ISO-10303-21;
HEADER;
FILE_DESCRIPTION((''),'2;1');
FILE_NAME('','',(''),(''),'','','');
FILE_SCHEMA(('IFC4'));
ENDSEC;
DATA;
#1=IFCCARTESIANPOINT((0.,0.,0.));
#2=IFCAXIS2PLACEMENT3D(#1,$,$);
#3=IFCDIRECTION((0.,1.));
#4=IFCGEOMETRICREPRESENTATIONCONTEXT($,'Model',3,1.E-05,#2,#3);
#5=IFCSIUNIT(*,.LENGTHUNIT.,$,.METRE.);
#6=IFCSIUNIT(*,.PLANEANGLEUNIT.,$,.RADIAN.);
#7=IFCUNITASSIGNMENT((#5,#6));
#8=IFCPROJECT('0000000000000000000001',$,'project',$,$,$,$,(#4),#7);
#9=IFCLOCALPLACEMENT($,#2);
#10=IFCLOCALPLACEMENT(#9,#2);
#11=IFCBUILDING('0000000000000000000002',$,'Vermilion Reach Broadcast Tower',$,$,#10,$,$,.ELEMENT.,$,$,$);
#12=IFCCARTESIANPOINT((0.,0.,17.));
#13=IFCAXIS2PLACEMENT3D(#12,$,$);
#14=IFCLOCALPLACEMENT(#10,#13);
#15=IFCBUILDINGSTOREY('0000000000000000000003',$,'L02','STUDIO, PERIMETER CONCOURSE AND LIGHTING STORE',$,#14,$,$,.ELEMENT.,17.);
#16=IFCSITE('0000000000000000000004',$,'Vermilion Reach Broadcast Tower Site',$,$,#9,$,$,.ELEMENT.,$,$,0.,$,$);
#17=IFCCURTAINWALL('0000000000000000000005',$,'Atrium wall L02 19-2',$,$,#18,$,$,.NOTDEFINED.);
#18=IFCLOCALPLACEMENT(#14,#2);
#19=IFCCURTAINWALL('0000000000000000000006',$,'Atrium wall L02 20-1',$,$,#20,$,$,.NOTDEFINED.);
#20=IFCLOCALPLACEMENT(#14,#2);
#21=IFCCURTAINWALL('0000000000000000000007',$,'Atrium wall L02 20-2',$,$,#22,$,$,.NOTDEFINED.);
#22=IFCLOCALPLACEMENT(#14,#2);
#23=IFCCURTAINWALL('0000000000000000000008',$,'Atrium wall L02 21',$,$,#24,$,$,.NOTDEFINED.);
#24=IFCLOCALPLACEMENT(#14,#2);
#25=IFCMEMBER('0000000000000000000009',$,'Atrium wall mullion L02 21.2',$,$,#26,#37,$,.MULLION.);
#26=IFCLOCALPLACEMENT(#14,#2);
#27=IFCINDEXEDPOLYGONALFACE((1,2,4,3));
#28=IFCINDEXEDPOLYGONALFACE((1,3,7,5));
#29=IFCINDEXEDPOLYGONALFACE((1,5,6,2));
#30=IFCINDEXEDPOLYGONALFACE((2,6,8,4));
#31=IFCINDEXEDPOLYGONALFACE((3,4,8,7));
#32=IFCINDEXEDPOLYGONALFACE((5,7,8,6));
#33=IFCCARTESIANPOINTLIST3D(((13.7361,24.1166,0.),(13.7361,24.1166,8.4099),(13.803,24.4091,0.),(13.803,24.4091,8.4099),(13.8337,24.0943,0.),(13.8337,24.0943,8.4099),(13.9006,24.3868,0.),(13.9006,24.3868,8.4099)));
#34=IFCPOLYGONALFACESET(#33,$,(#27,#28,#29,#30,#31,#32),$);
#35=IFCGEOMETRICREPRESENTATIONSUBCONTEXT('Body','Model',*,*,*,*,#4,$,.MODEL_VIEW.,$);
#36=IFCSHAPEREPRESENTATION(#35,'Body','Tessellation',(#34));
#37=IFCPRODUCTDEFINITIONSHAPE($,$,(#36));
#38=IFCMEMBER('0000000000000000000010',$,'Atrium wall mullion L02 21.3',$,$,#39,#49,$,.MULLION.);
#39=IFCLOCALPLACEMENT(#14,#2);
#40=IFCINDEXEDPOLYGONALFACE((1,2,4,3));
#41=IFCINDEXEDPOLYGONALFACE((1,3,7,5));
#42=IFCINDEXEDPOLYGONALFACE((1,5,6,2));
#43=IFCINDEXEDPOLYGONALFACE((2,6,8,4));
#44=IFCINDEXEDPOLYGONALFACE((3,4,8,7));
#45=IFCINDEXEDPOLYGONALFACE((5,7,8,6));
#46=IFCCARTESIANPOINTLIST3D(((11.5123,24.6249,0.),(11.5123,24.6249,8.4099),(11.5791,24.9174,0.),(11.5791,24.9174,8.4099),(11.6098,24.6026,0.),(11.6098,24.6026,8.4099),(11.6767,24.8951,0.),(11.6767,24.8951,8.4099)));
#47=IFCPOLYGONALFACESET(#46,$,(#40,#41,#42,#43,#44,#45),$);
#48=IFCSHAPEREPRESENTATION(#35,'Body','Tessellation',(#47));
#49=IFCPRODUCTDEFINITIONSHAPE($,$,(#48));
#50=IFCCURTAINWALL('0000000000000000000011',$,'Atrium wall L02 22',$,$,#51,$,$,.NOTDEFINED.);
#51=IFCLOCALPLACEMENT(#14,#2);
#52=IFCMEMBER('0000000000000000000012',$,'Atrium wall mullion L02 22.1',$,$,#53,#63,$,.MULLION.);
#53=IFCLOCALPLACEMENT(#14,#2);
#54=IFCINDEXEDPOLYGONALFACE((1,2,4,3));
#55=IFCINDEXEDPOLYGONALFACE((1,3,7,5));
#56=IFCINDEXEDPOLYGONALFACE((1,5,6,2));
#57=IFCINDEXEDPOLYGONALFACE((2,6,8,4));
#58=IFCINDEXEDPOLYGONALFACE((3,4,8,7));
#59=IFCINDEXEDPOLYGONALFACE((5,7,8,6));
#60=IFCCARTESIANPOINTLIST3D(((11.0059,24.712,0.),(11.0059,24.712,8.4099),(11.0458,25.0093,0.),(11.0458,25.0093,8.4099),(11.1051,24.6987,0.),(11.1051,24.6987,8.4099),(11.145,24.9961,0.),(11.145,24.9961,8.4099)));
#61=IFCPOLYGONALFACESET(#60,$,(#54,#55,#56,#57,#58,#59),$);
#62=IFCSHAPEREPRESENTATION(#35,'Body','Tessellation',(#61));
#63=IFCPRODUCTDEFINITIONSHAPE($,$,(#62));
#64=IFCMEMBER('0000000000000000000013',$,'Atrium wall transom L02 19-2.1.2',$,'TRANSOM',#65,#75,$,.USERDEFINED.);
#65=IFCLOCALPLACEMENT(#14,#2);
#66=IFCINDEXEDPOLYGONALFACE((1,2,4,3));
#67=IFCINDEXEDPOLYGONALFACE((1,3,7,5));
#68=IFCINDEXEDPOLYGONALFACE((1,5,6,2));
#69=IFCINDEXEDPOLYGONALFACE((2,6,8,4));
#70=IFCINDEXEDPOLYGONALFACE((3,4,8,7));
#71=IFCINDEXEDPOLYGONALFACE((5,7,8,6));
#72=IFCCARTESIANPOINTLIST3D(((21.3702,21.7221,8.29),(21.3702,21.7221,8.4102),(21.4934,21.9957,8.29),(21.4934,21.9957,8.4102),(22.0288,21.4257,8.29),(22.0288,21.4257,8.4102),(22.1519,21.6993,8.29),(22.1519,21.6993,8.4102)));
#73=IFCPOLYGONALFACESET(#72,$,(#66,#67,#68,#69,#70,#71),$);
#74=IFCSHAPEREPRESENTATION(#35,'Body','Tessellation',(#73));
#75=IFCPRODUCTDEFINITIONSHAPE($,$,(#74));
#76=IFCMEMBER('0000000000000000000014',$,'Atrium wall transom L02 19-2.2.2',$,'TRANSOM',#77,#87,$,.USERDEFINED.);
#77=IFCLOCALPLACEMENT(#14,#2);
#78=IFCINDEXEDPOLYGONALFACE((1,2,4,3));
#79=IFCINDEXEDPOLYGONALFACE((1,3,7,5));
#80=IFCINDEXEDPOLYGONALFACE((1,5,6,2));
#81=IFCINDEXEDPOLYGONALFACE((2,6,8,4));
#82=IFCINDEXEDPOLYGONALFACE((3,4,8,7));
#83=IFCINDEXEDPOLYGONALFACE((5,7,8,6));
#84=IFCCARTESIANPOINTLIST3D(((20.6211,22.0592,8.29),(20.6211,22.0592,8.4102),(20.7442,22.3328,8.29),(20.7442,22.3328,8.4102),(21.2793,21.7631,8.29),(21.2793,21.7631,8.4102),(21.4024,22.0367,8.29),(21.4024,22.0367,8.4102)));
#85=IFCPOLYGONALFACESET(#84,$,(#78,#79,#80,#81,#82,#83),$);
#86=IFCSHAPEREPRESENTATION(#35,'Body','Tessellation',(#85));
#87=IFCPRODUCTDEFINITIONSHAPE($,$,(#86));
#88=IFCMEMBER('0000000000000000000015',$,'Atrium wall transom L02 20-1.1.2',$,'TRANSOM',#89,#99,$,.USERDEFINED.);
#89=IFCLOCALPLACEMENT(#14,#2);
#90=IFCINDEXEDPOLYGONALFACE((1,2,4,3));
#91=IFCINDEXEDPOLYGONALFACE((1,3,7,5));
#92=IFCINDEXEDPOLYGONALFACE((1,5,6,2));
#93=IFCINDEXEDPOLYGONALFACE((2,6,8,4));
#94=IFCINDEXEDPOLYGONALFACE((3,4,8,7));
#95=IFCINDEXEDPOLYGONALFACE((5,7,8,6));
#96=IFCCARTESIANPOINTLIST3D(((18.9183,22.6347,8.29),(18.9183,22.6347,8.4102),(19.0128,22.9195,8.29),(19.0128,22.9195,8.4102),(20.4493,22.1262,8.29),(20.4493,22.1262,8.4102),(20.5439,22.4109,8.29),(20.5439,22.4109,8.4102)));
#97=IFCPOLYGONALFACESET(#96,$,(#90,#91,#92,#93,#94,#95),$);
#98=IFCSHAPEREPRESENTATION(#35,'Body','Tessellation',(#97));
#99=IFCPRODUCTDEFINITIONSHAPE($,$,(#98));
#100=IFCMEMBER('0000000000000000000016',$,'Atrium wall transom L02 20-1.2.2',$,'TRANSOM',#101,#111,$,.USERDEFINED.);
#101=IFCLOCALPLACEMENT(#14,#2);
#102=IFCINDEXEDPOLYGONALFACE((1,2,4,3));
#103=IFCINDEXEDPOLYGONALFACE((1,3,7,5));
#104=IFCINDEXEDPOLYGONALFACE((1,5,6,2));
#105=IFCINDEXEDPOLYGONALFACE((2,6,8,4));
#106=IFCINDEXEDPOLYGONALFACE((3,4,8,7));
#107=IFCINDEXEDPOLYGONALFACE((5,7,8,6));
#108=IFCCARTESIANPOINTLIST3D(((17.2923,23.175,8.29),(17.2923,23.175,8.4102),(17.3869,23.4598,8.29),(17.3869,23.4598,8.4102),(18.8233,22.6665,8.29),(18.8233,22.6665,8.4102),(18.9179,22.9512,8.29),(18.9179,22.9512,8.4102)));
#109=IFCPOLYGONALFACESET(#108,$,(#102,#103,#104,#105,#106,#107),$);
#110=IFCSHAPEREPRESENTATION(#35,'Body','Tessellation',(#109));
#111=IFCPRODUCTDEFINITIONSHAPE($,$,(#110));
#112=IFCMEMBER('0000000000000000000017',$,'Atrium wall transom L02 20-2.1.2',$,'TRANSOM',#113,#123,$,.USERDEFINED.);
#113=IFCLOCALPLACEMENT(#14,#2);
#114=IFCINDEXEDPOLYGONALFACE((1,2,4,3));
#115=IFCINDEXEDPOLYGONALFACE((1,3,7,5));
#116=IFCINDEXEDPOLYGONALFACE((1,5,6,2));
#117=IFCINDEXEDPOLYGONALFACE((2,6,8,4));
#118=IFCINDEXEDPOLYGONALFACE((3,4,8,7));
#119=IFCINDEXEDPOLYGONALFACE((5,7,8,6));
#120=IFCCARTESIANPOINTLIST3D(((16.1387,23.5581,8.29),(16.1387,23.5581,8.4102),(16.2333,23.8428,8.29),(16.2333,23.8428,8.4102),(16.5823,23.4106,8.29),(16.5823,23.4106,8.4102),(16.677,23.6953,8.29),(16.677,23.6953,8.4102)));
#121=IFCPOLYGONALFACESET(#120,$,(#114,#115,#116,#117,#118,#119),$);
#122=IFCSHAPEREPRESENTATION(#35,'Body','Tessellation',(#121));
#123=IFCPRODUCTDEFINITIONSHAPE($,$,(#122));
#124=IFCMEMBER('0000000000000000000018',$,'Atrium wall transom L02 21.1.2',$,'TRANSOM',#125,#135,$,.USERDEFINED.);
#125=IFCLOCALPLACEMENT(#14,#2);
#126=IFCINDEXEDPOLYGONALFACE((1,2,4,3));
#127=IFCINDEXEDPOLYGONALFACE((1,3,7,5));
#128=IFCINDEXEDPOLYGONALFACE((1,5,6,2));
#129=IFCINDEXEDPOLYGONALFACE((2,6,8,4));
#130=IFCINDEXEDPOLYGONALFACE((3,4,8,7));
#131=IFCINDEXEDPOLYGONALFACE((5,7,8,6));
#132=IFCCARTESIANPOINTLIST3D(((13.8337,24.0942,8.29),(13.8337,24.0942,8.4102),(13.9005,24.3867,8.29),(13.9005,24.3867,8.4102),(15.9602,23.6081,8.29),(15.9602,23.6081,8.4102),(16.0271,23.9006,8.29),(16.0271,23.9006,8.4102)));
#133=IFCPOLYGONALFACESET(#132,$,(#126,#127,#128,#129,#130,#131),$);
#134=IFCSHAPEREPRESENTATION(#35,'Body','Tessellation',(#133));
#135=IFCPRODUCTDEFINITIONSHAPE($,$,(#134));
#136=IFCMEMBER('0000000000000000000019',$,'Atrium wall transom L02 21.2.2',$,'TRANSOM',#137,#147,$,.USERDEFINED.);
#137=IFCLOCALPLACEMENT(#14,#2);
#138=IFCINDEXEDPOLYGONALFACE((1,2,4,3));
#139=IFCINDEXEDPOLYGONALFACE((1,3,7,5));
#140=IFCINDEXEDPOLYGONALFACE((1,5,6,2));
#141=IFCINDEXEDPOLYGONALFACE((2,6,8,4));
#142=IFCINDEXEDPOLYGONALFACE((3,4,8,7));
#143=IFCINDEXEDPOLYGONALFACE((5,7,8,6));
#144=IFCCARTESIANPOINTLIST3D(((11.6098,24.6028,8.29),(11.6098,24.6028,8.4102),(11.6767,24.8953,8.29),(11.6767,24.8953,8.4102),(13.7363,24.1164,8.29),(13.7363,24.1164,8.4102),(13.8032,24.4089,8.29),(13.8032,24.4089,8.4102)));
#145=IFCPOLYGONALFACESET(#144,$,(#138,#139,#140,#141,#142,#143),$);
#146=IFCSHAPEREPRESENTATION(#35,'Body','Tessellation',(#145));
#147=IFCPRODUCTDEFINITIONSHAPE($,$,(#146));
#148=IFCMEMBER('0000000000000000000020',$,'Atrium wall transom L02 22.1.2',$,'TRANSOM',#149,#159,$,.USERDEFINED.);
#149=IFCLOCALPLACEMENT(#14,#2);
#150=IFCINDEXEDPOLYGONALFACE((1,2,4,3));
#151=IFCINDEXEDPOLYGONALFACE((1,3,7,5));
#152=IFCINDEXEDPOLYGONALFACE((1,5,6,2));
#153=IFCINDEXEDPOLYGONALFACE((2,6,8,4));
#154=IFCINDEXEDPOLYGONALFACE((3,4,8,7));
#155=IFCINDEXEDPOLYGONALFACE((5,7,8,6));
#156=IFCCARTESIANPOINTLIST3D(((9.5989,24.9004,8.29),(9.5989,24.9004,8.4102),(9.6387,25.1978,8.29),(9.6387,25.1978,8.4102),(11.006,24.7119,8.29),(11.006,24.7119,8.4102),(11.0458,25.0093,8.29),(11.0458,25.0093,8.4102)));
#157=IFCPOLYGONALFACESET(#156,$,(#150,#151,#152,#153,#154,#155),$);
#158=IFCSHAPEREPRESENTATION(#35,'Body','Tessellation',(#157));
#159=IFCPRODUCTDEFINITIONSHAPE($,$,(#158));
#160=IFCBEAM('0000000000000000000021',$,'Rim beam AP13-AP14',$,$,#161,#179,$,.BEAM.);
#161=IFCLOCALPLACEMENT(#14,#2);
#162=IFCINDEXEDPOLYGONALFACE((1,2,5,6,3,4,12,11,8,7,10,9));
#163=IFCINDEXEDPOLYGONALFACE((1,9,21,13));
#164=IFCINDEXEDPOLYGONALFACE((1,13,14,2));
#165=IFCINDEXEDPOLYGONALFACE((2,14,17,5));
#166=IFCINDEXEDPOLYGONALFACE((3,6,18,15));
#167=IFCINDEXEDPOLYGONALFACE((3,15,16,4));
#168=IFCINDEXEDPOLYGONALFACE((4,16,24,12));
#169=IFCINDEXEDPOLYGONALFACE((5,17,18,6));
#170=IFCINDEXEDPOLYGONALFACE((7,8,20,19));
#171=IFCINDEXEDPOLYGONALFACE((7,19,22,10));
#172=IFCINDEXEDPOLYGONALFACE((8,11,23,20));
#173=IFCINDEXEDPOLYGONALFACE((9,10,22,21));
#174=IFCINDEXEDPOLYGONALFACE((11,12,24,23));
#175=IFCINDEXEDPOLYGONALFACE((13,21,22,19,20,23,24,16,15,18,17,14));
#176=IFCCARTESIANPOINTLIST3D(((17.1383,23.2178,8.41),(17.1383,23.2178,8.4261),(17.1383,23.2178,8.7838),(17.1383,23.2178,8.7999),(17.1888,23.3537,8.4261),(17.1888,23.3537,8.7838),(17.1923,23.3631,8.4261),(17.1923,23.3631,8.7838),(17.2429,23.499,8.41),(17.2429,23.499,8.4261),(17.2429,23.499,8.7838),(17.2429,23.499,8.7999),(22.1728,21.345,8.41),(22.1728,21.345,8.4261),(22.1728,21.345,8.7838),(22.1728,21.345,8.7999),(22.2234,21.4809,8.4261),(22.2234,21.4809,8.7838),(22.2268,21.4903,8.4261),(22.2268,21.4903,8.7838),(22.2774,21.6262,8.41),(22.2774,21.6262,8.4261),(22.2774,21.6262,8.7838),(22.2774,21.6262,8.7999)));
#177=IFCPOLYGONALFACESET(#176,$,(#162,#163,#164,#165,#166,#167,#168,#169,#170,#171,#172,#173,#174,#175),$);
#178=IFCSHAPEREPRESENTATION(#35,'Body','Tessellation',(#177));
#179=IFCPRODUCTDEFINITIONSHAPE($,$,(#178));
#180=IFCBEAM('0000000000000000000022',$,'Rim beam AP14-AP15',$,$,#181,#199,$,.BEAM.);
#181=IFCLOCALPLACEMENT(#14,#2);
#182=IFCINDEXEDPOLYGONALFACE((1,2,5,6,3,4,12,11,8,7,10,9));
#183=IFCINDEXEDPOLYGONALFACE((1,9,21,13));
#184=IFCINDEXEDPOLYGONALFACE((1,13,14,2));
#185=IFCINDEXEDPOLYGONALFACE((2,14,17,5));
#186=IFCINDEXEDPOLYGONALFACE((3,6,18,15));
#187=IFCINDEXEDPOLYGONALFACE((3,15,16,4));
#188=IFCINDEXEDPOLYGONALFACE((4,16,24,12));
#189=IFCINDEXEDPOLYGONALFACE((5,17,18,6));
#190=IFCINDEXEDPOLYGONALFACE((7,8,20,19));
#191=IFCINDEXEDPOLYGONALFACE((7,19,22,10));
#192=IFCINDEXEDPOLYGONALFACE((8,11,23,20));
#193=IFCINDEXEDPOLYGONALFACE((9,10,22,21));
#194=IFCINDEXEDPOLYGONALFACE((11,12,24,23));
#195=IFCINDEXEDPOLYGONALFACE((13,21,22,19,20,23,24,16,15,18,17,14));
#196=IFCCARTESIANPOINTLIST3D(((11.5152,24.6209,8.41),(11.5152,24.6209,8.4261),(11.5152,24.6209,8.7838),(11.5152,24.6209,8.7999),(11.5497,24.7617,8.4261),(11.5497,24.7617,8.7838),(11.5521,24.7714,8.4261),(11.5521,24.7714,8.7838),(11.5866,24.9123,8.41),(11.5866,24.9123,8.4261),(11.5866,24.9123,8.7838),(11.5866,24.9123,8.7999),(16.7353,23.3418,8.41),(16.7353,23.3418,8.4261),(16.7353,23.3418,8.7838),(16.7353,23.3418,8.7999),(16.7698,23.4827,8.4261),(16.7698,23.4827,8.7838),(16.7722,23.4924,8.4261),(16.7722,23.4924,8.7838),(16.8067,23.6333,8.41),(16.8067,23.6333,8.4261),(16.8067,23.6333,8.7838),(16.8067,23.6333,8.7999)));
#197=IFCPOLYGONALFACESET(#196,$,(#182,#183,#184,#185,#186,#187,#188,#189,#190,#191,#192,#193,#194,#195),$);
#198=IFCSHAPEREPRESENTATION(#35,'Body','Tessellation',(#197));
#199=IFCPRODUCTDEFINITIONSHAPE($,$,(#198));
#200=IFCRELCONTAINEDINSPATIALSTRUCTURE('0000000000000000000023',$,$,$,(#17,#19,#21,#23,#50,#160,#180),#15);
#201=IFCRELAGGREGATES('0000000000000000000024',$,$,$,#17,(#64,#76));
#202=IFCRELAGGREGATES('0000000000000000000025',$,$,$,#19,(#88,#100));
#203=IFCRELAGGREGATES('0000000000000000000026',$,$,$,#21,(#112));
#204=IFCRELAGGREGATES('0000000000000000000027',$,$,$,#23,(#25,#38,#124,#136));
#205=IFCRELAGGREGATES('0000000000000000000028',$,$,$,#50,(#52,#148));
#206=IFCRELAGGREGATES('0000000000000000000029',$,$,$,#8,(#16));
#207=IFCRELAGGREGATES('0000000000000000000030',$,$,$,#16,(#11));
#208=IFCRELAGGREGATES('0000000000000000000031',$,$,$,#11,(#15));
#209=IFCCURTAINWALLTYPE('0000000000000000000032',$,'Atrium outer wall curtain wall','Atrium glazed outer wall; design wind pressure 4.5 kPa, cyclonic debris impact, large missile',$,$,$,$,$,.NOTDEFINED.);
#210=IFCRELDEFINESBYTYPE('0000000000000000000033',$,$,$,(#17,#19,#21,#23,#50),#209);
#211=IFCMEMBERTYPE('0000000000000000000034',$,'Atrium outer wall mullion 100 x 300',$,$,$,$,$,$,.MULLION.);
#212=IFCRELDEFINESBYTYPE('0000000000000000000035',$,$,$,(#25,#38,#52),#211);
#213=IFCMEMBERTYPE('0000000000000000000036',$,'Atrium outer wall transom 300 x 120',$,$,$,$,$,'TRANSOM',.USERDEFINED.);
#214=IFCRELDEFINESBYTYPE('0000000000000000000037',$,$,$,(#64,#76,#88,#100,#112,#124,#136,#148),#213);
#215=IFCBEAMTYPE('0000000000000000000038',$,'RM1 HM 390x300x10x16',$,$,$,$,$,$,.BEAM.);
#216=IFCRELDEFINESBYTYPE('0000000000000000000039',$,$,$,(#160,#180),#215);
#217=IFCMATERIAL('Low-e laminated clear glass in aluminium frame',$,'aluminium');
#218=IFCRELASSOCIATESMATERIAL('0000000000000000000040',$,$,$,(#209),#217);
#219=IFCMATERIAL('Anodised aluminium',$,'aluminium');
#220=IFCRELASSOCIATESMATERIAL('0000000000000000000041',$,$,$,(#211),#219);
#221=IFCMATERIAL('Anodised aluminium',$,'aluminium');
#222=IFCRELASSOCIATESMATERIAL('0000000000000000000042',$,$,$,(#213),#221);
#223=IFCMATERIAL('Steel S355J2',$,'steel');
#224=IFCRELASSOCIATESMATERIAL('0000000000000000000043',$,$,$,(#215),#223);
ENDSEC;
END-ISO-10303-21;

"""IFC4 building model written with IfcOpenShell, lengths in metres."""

from ifc_helpers import new_model, si_unit, direction, frame, origin, origin_2d, place, context, subcontext, project, spatial, rectangle, i_section, extrude, material, material_profile, profile_set, type_object, element, aggregate, save


model = new_model("IFC4")

# Units and contexts
model_context = context("Model", 3, precision=1e-05, world=origin(), true_north=direction((0.0, 1.0)))
body_context = subcontext(model_context, "Body", "Model", "MODEL_VIEW")
ifc_project = project(units=[si_unit("LENGTHUNIT", "METRE"), si_unit("PLANEANGLEUNIT", "RADIAN")], contexts=[model_context])

# Site, building, storey
site_placement = place(None, origin())
site = spatial("IfcSite", under=ifc_project, at=site_placement, Name="Vermilion Reach Broadcast Tower Site", CompositionType="ELEMENT", RefElevation=0.0)
building_placement = place(site_placement, origin())
building = spatial("IfcBuilding", under=site, at=building_placement, Name="Vermilion Reach Broadcast Tower", CompositionType="ELEMENT")
storey_placement = place(building_placement, frame((0.0, 0.0, 17.0)))
storey = spatial("IfcBuildingStorey", under=building, at=storey_placement, Name="L02", Description="STUDIO, PERIMETER CONCOURSE AND LIGHTING STORE", CompositionType="ELEMENT", Elevation=17.0)

# Shared definitions
ifc_material_1 = material(Name="Low-e laminated clear glass in aluminium frame", Category="aluminium")
curtain_wall_type = type_object("IfcCurtainWallType", Name="Atrium outer wall curtain wall", Description="Atrium glazed outer wall; design wind pressure 4.5 kPa, cyclonic debris impact, large missile", PredefinedType="NOTDEFINED", material=ifc_material_1)
placement = place(storey_placement, origin())
ifc_material_2 = material(Name="Anodised aluminium", Category="aluminium")
ifc_material_profile_1 = material_profile(ifc_material_2, rectangle(XDim=0.3, YDim=0.1001, at=origin_2d()), Name="Atrium outer wall mullion 100 x 300")
ifc_profile_set_1 = profile_set([ifc_material_profile_1], Name="Anodised aluminium")
member_type_1 = type_object("IfcMemberType", Name="Atrium outer wall mullion 100 x 300", PredefinedType="MULLION", material=ifc_profile_set_1)

# Curtain walls, members
curtain_wall_1 = element("IfcCurtainWall", 1, at=placement, inside=storey, type_object=curtain_wall_type, Name="Atrium wall L02 19-2", PredefinedType="NOTDEFINED")
curtain_wall_2 = element("IfcCurtainWall", 2, at=placement, inside=storey, type_object=curtain_wall_type, Name="Atrium wall L02 20-1", PredefinedType="NOTDEFINED")
curtain_wall_3 = element("IfcCurtainWall", 3, at=placement, inside=storey, type_object=curtain_wall_type, Name="Atrium wall L02 20-2", PredefinedType="NOTDEFINED")
curtain_wall_4 = element("IfcCurtainWall", 4, at=placement, inside=storey, type_object=curtain_wall_type, Name="Atrium wall L02 21", PredefinedType="NOTDEFINED")
member_1_placement = place(storey_placement, frame((13.8184, 24.2517, 0.0), z_axis=(0.0, 0.0, 1.0), x_axis=(-0.222892, -0.974843, 0.0)))
member_1 = element("IfcMember", 5, at=member_1_placement, type_object=member_type_1, Name="Atrium wall mullion L02 21.2", PredefinedType="MULLION", context=body_context, shape_type="SweptSolid", body=[
    extrude(rectangle(XDim=0.3, YDim=0.1001, at=origin_2d()), origin(), (0.0, 0.0, 1.0), 8.4099),
])
member_2_placement = place(storey_placement, frame((11.5945, 24.76, 0.0), z_axis=(0.0, 0.0, 1.0), x_axis=(-0.222892, -0.974843, 0.0)))
member_2 = element("IfcMember", 6, at=member_2_placement, type_object=member_type_1, Name="Atrium wall mullion L02 21.3", PredefinedType="MULLION", context=body_context, shape_type="SweptSolid", body=[
    extrude(rectangle(XDim=0.3, YDim=0.1001, at=origin_2d()), origin(), (0.0, 0.0, 1.0), 8.4099),
])

# Curtain wall, member
curtain_wall_5 = element("IfcCurtainWall", 7, at=placement, inside=storey, type_object=curtain_wall_type, Name="Atrium wall L02 22", PredefinedType="NOTDEFINED")
member_3_placement = place(storey_placement, frame((11.0754, 24.854, 0.0), z_axis=(0.0, 0.0, 1.0), x_axis=(-0.132794, -0.991144, 0.0)))
member_3 = element("IfcMember", 8, at=member_3_placement, type_object=member_type_1, Name="Atrium wall mullion L02 22.1", PredefinedType="MULLION", context=body_context, shape_type="SweptSolid", body=[
    extrude(rectangle(XDim=0.3, YDim=0.1001, at=origin_2d()), origin(), (0.0, 0.0, 1.0), 8.4099),
])

# Members
ifc_material_3 = material(Name="Anodised aluminium", Category="aluminium")
ifc_material_profile_2 = material_profile(ifc_material_3, rectangle(XDim=0.3, YDim=0.1201, at=origin_2d()), Name="Atrium outer wall transom 300 x 120")
ifc_profile_set_2 = profile_set([ifc_material_profile_2], Name="Anodised aluminium")
member_type_2 = type_object("IfcMemberType", Name="Atrium outer wall transom 300 x 120", ElementType="TRANSOM", PredefinedType="USERDEFINED", material=ifc_profile_set_2)
member_4_placement = place(storey_placement, frame((22.0903, 21.5625, 8.3501), z_axis=(-0.911877, 0.410463, 0.0), x_axis=(-0.410463, -0.911877, 0.0)))
member_4 = element("IfcMember", 9, at=member_4_placement, type_object=member_type_2, Name="Atrium wall transom L02 19-2.1.2", ObjectType="TRANSOM", PredefinedType="USERDEFINED", context=body_context, shape_type="SweptSolid", body=[
    extrude(rectangle(XDim=0.3, YDim=0.1201, at=origin_2d()), origin(), (0.0, 0.0, 1.0), 0.7222),
])
member_5_placement = place(storey_placement, frame((21.3408, 21.8999, 8.3501), z_axis=(-0.911947, 0.410308, 0.0), x_axis=(-0.410308, -0.911947, 0.0)))
member_5 = element("IfcMember", 10, at=member_5_placement, type_object=member_type_2, Name="Atrium wall transom L02 19-2.2.2", ObjectType="TRANSOM", PredefinedType="USERDEFINED", context=body_context, shape_type="SweptSolid", body=[
    extrude(rectangle(XDim=0.3, YDim=0.1201, at=origin_2d()), origin(), (0.0, 0.0, 1.0), 0.7217),
])
member_6_placement = place(storey_placement, frame((20.4966, 22.2686, 8.3501), z_axis=(-0.949016, 0.315229, 0.0), x_axis=(-0.315229, -0.949016, 0.0)))
member_6 = element("IfcMember", 11, at=member_6_placement, type_object=member_type_2, Name="Atrium wall transom L02 20-1.1.2", ObjectType="TRANSOM", PredefinedType="USERDEFINED", context=body_context, shape_type="SweptSolid", body=[
    extrude(rectangle(XDim=0.3, YDim=0.1201, at=origin_2d()), origin(), (0.0, 0.0, 1.0), 1.6133),
])
member_7_placement = place(storey_placement, frame((18.8706, 22.8088, 8.3501), z_axis=(-0.949016, 0.315229, 0.0), x_axis=(-0.315229, -0.949016, 0.0)))
member_7 = element("IfcMember", 12, at=member_7_placement, type_object=member_type_2, Name="Atrium wall transom L02 20-1.2.2", ObjectType="TRANSOM", PredefinedType="USERDEFINED", context=body_context, shape_type="SweptSolid", body=[
    extrude(rectangle(XDim=0.3, YDim=0.1201, at=origin_2d()), origin(), (0.0, 0.0, 1.0), 1.6133),
])
member_8_placement = place(storey_placement, frame((16.6296, 23.553, 8.3501), z_axis=(-0.948944, 0.315444, 0.0), x_axis=(-0.315444, -0.948944, 0.0)))
member_8 = element("IfcMember", 13, at=member_8_placement, type_object=member_type_2, Name="Atrium wall transom L02 20-2.1.2", ObjectType="TRANSOM", PredefinedType="USERDEFINED", context=body_context, shape_type="SweptSolid", body=[
    extrude(rectangle(XDim=0.3, YDim=0.1201, at=origin_2d()), origin(), (0.0, 0.0, 1.0), 0.4675),
])
member_9_placement = place(storey_placement, frame((15.9937, 23.7544, 8.3501), z_axis=(-0.974855, 0.22284, 0.0), x_axis=(-0.22284, -0.974855, 0.0)))
member_9 = element("IfcMember", 14, at=member_9_placement, type_object=member_type_2, Name="Atrium wall transom L02 21.1.2", ObjectType="TRANSOM", PredefinedType="USERDEFINED", context=body_context, shape_type="SweptSolid", body=[
    extrude(rectangle(XDim=0.3, YDim=0.1201, at=origin_2d()), origin(), (0.0, 0.0, 1.0), 2.1814),
])
member_10_placement = place(storey_placement, frame((13.7698, 24.2627, 8.3501), z_axis=(-0.974831, 0.222946, 0.0), x_axis=(-0.222946, -0.974831, 0.0)))
member_10 = element("IfcMember", 15, at=member_10_placement, type_object=member_type_2, Name="Atrium wall transom L02 21.2.2", ObjectType="TRANSOM", PredefinedType="USERDEFINED", context=body_context, shape_type="SweptSolid", body=[
    extrude(rectangle(XDim=0.3, YDim=0.1201, at=origin_2d()), origin(), (0.0, 0.0, 1.0), 2.1814),
])
member_11_placement = place(storey_placement, frame((11.0259, 24.8606, 8.3501), z_axis=(-0.99115, 0.132749, 0.0), x_axis=(-0.132749, -0.99115, 0.0)))
member_11 = element("IfcMember", 16, at=member_11_placement, type_object=member_type_2, Name="Atrium wall transom L02 22.1.2", ObjectType="TRANSOM", PredefinedType="USERDEFINED", context=body_context, shape_type="SweptSolid", body=[
    extrude(rectangle(XDim=0.3, YDim=0.1201, at=origin_2d()), origin(), (0.0, 0.0, 1.0), 1.4197),
])

# Beams
ifc_material_4 = material(Name="Steel S355J2", Category="steel")
ifc_material_profile_3 = material_profile(ifc_material_4, i_section(OverallWidth=0.3, OverallDepth=0.3899, WebThickness=0.01, FlangeThickness=0.0161, at=origin_2d()), Name="S355J2 HM 390x300x10x16")
ifc_profile_set_3 = profile_set([ifc_material_profile_3], Name="Steel S355J2")
beam_type = type_object("IfcBeamType", Name="RM1 HM 390x300x10x16", PredefinedType="BEAM", material=ifc_profile_set_3)
beam_1_placement = place(storey_placement, frame((22.2251, 21.4856, 8.605), z_axis=(-0.937251, 0.348657, 0.0), x_axis=(-0.348657, -0.937251, 0.0)))
element("IfcBeam", 17, at=beam_1_placement, inside=storey, type_object=beam_type, Name="Rim beam AP13-AP14", PredefinedType="BEAM", context=body_context, shape_type="SweptSolid", body=[
    extrude(i_section(OverallWidth=0.3, OverallDepth=0.3899, WebThickness=0.01, FlangeThickness=0.0161, at=origin_2d()), origin(), (0.0, 0.0, 1.0), 5.3716),
])
beam_2_placement = place(storey_placement, frame((16.771, 23.4875, 8.605), z_axis=(-0.97127, 0.23798, 0.0), x_axis=(-0.23798, -0.97127, 0.0)))
element("IfcBeam", 18, at=beam_2_placement, inside=storey, type_object=beam_type, Name="Rim beam AP14-AP15", PredefinedType="BEAM", context=body_context, shape_type="SweptSolid", body=[
    extrude(i_section(OverallWidth=0.3, OverallDepth=0.3899, WebThickness=0.01, FlangeThickness=0.0161, at=origin_2d()), origin(), (0.0, 0.0, 1.0), 5.3745),
])

aggregate(curtain_wall_1, [member_4, member_5])
aggregate(curtain_wall_2, [member_6, member_7])
aggregate(curtain_wall_3, [member_8])
aggregate(curtain_wall_4, [member_1, member_2, member_9, member_10])
aggregate(curtain_wall_5, [member_3, member_11])

save(model, "model.ifc")
